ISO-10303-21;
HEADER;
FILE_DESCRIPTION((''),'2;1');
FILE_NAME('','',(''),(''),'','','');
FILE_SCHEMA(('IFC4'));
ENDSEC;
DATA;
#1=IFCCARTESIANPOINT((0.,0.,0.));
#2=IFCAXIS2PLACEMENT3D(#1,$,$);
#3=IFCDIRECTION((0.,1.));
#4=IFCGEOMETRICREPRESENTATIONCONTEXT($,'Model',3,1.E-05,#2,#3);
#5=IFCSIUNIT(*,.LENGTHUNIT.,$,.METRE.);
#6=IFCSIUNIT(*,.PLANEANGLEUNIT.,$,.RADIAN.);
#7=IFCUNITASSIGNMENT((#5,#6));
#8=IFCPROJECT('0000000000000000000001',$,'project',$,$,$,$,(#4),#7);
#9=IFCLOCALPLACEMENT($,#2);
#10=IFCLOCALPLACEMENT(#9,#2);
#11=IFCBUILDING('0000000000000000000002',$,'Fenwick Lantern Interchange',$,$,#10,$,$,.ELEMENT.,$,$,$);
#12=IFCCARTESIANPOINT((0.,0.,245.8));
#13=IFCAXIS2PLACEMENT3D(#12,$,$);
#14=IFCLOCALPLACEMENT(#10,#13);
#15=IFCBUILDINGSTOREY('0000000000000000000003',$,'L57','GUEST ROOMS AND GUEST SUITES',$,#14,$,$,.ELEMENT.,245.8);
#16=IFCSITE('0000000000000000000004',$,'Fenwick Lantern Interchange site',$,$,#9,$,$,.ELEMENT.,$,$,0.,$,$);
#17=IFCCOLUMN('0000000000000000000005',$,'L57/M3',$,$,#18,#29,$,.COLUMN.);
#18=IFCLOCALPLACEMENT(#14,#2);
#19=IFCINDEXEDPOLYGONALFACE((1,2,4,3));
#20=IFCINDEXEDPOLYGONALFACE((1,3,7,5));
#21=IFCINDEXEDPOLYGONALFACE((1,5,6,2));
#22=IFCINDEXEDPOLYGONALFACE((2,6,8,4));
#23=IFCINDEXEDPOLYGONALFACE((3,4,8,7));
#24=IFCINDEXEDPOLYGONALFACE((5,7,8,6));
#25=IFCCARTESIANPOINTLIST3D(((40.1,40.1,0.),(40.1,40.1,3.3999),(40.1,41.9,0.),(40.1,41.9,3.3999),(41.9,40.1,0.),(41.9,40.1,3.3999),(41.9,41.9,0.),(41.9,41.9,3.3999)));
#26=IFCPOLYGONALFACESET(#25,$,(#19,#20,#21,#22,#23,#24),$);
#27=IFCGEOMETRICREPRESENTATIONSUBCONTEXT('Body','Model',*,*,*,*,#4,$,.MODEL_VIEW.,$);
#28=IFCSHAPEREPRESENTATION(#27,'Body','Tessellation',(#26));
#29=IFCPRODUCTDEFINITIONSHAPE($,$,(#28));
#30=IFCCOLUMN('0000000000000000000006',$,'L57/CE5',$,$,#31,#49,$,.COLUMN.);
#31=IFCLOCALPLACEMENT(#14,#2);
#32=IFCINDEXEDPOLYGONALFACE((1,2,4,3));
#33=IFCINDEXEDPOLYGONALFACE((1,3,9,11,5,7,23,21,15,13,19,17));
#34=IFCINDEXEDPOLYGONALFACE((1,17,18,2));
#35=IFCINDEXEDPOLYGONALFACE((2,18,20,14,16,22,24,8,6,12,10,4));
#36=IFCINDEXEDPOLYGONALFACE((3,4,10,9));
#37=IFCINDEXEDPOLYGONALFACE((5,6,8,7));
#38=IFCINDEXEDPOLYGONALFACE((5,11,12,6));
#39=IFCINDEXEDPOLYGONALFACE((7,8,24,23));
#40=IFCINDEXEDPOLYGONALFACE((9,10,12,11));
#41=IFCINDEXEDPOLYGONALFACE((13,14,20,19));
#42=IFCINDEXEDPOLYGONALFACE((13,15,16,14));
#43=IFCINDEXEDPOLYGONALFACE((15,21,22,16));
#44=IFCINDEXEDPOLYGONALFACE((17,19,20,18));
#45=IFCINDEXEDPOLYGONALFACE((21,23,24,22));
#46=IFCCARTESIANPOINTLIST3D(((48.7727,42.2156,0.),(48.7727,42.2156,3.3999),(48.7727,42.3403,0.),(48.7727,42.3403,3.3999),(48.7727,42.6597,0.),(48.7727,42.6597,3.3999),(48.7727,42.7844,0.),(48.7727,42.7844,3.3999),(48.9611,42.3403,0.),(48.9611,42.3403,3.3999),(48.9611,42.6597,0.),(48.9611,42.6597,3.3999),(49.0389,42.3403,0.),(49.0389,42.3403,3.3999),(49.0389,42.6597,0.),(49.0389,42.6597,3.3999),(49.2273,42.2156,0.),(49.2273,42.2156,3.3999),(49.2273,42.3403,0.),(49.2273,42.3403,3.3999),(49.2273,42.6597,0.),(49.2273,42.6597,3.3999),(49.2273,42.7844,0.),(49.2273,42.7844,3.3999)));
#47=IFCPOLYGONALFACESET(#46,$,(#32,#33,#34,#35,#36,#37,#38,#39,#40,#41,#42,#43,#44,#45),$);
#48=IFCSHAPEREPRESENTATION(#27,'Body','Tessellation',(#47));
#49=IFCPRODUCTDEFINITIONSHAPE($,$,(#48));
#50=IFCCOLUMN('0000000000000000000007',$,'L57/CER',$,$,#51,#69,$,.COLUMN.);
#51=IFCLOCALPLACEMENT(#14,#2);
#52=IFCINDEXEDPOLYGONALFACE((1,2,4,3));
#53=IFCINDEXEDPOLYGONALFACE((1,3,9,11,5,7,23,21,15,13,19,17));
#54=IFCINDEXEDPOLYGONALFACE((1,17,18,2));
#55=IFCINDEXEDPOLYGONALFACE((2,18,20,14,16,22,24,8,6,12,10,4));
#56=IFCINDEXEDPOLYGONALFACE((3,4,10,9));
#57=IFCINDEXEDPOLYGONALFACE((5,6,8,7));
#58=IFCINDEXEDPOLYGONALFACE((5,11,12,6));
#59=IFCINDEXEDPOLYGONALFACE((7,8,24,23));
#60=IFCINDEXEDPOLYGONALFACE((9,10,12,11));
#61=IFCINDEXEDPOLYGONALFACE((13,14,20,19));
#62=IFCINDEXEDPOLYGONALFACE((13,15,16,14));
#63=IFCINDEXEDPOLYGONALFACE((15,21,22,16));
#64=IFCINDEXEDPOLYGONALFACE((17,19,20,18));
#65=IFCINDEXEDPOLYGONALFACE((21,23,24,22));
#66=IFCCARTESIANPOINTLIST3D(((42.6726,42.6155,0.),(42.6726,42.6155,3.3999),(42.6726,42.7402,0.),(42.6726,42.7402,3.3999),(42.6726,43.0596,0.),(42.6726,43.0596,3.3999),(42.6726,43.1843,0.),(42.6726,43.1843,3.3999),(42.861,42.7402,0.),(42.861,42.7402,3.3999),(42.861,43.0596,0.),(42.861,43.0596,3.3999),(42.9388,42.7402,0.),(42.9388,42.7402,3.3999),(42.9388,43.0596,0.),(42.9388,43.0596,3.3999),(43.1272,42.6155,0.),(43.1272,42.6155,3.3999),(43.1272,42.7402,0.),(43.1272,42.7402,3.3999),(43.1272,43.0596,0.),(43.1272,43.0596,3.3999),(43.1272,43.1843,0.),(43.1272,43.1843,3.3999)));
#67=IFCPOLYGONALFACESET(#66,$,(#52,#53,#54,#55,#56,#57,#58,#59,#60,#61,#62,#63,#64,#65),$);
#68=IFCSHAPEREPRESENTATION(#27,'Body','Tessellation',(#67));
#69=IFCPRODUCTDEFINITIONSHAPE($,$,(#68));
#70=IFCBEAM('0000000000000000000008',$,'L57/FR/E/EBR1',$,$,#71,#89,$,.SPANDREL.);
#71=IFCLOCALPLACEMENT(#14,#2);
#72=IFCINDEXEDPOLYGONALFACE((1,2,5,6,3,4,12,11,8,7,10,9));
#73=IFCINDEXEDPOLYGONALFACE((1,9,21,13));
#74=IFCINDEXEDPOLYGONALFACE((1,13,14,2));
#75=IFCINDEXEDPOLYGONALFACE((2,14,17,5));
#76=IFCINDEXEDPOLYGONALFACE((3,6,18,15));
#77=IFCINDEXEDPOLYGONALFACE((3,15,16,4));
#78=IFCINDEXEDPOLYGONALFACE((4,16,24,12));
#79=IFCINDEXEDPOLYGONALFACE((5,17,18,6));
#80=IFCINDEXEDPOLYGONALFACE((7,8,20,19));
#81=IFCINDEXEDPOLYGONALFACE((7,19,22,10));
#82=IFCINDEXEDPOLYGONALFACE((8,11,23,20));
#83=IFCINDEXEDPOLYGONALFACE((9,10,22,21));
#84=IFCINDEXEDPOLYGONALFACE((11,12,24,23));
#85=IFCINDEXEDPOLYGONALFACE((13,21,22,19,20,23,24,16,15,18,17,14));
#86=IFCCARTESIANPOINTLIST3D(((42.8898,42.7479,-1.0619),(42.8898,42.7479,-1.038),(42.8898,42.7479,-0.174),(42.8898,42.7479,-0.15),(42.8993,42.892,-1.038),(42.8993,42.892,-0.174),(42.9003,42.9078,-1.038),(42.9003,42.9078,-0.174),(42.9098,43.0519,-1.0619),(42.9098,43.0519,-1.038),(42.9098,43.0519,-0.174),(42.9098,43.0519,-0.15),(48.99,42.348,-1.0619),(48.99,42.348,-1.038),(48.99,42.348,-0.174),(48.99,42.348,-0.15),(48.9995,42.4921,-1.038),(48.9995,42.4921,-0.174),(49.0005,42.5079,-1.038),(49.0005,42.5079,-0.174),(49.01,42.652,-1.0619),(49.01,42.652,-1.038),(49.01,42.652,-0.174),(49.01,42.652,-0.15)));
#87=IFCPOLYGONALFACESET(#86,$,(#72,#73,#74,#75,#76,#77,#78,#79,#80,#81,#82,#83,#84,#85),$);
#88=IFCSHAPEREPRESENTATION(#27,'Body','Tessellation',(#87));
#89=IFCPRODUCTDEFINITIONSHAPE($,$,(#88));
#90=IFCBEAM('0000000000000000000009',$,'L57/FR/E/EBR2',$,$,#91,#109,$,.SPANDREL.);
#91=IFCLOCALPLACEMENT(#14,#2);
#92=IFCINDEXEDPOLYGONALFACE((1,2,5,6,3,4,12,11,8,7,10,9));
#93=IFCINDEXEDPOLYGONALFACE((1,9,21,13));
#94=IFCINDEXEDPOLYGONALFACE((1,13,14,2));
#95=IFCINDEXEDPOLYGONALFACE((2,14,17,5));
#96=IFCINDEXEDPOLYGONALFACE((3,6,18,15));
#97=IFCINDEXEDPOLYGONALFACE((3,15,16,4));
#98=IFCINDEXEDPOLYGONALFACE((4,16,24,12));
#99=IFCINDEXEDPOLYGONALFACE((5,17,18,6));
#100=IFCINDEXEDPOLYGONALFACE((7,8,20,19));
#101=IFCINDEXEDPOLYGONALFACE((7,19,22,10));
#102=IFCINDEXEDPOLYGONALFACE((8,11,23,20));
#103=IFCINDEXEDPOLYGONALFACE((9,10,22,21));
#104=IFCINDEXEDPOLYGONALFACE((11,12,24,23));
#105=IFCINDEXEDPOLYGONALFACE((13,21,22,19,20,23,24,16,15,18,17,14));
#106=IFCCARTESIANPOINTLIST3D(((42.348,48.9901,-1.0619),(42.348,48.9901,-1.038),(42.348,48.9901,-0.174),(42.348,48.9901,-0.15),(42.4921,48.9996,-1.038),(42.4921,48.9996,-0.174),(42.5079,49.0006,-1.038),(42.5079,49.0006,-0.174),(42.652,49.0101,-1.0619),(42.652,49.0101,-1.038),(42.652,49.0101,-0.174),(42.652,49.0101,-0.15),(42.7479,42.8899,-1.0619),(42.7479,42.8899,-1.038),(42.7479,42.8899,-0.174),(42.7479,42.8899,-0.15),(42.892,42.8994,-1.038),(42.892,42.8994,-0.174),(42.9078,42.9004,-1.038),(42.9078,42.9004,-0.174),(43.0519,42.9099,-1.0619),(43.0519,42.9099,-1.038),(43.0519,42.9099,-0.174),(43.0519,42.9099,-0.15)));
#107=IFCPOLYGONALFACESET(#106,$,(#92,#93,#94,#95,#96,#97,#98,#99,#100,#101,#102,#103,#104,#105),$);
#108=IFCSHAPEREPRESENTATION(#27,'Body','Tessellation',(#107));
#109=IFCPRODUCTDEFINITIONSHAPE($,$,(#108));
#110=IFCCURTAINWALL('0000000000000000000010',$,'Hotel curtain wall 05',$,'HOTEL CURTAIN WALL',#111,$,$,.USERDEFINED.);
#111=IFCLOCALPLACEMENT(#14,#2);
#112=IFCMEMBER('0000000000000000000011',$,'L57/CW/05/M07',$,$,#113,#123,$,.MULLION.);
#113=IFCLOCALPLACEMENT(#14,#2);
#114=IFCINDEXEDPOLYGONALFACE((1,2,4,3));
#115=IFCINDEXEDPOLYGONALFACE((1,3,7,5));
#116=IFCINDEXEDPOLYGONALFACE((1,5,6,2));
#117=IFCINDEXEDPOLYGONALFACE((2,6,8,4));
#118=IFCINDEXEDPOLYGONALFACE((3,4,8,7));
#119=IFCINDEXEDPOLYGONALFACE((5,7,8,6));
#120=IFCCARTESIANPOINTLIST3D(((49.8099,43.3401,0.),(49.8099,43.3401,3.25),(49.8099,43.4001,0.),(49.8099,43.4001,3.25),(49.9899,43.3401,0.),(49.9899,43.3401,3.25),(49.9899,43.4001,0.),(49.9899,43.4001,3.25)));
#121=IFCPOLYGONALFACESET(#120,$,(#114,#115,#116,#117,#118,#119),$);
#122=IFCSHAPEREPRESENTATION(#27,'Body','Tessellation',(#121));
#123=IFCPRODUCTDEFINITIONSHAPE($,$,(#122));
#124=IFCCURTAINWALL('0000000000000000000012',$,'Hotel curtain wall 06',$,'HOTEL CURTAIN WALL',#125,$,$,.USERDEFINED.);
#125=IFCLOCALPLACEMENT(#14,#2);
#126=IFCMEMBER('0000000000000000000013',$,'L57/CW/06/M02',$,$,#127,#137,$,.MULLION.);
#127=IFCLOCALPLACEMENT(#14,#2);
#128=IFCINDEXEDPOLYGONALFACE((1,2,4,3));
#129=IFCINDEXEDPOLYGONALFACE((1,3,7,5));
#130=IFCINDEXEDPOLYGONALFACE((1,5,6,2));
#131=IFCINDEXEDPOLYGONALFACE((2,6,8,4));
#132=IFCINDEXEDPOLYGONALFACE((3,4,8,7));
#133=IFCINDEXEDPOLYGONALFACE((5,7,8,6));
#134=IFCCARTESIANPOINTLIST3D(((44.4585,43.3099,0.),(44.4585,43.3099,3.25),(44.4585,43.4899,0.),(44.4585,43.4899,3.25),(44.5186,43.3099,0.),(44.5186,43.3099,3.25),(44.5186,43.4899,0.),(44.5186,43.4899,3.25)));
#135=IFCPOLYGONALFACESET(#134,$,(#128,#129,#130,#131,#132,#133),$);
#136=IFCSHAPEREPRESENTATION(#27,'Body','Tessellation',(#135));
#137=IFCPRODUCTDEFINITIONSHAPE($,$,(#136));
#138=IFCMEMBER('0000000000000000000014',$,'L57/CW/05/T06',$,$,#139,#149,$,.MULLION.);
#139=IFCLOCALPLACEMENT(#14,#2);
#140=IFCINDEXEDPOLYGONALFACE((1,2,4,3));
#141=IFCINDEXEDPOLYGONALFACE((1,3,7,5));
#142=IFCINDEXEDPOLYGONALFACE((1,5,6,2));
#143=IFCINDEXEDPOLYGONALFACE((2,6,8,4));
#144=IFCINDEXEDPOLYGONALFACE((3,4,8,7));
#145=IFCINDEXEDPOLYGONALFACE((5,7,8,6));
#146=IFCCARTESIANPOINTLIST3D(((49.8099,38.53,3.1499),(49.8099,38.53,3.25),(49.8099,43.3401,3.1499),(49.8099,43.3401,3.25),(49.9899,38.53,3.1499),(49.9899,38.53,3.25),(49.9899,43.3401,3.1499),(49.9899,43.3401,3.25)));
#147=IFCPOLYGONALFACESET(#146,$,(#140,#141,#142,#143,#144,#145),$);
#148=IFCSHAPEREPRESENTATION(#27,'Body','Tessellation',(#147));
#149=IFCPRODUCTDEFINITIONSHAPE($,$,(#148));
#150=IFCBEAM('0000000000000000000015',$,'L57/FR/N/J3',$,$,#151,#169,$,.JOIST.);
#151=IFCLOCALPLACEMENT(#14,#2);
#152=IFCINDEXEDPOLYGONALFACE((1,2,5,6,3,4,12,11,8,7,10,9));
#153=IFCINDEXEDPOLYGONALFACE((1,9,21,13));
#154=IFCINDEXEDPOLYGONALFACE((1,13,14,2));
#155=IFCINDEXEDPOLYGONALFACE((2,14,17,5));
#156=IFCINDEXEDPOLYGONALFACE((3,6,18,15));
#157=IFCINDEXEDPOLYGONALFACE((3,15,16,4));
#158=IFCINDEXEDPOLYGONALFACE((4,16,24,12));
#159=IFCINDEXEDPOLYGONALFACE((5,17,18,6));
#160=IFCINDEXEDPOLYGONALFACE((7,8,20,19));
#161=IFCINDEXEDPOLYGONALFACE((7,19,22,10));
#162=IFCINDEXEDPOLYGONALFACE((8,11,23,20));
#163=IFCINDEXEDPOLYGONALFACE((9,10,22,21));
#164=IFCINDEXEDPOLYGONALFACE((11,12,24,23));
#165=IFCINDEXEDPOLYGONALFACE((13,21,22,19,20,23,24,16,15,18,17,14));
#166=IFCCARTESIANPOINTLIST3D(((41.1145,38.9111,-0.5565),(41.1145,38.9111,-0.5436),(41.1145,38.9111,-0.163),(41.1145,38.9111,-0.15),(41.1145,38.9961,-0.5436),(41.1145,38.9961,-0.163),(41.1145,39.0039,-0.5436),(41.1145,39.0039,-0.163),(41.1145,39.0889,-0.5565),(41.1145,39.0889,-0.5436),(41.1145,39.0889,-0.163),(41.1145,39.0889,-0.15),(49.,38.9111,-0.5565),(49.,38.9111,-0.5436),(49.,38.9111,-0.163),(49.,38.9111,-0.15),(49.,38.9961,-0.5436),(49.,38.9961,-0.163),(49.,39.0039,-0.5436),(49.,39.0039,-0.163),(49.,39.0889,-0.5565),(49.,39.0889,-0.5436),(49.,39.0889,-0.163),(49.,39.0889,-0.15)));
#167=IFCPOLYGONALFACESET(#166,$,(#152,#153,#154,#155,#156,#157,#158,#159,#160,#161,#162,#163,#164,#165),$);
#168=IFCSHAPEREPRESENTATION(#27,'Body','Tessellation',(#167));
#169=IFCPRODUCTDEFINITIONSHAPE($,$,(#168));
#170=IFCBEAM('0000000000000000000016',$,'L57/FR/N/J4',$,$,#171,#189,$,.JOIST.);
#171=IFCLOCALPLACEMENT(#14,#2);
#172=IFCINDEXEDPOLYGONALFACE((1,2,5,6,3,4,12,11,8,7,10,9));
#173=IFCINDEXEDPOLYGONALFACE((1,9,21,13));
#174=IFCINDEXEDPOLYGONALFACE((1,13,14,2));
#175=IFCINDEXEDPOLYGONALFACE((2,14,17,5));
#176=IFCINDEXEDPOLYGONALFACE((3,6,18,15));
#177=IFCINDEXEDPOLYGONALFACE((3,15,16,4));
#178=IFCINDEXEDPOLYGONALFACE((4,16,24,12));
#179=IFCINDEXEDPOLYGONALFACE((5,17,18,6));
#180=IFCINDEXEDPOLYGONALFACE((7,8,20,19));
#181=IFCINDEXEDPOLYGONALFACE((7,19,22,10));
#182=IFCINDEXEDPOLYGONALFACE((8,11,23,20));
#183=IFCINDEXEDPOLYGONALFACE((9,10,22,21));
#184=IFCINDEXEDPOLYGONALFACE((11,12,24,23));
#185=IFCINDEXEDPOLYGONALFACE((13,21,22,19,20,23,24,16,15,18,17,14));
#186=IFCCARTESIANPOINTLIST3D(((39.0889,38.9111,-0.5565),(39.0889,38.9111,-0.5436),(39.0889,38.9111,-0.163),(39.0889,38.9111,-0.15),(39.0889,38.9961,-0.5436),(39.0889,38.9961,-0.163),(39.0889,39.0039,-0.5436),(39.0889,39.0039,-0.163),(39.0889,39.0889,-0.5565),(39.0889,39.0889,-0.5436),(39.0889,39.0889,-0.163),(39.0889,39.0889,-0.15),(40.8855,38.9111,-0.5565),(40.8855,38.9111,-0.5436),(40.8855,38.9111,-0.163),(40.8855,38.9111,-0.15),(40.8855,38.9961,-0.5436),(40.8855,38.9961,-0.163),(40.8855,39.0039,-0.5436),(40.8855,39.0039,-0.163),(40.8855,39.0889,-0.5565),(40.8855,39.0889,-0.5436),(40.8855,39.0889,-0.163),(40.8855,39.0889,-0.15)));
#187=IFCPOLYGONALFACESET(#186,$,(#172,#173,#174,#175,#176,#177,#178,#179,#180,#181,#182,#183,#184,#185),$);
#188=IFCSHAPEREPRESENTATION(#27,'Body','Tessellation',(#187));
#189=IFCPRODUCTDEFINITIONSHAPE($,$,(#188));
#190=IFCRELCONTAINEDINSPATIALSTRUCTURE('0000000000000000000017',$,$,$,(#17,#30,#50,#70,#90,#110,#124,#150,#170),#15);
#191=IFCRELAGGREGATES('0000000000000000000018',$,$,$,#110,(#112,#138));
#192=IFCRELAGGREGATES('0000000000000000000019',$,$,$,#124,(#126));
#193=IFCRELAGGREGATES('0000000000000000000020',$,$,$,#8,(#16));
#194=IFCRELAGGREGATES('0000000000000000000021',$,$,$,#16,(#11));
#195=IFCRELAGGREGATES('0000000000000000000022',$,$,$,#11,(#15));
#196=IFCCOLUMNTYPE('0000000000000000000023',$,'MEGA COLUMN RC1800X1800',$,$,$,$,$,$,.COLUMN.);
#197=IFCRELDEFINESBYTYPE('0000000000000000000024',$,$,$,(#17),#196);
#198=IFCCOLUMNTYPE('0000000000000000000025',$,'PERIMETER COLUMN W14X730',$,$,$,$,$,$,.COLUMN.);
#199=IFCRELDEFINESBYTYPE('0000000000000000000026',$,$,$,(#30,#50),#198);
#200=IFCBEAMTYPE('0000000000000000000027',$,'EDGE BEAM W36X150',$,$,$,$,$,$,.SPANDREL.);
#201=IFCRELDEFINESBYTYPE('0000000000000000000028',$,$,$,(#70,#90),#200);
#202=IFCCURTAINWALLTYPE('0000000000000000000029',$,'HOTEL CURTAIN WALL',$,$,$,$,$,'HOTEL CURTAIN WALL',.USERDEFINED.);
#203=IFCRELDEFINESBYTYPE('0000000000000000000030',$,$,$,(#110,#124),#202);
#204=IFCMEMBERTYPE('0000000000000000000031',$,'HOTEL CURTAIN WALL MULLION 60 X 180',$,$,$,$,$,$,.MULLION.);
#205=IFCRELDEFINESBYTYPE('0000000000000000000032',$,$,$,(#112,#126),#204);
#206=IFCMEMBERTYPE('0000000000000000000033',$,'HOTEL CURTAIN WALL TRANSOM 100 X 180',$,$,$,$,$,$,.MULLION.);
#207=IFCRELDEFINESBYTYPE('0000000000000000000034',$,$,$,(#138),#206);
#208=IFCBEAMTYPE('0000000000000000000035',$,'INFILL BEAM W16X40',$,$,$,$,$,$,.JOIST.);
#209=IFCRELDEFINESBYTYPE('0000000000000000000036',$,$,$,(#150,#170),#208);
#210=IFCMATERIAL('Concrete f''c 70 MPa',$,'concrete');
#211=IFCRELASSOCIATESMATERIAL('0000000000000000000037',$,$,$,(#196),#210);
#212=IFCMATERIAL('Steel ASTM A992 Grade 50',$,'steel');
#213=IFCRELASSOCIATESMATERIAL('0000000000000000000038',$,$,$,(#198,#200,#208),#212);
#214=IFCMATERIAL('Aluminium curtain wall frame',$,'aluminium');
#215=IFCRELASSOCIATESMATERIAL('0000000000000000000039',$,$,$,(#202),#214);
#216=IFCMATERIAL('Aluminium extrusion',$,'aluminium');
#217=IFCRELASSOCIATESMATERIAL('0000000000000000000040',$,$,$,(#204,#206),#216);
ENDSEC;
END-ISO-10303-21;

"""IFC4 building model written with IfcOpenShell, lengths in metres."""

from ifc_helpers import new_model, si_unit, direction, frame, origin, origin_2d, place, context, subcontext, project, spatial, rectangle, i_section, extrude, material, material_profile, profile_set, type_object, element, aggregate, save


model = new_model("IFC4")

# Units and contexts
model_context = context("Model", 3, precision=1e-05, world=origin(), true_north=direction((0.0, 1.0)))
body_context = subcontext(model_context, "Body", "Model", "MODEL_VIEW")
ifc_project = project(units=[si_unit("LENGTHUNIT", "METRE"), si_unit("PLANEANGLEUNIT", "RADIAN")], contexts=[model_context])

# Site, building, storey
site_placement = place(None, origin())
site = spatial("IfcSite", under=ifc_project, at=site_placement, Name="Fenwick Lantern Interchange site", CompositionType="ELEMENT", RefElevation=0.0)
building_placement = place(site_placement, origin())
building = spatial("IfcBuilding", under=site, at=building_placement, Name="Fenwick Lantern Interchange", CompositionType="ELEMENT")
storey_placement = place(building_placement, frame((0.0, 0.0, 245.8)))
storey = spatial("IfcBuildingStorey", under=building, at=storey_placement, Name="L57", Description="GUEST ROOMS AND GUEST SUITES", CompositionType="ELEMENT", Elevation=245.8)

# Columns
ifc_material_1 = material(Name="Concrete f'c 70 MPa", Category="concrete")
ifc_material_profile_1 = material_profile(ifc_material_1, rectangle(XDim=1.8, YDim=1.8, at=origin_2d()), Name="RC1800X1800")
ifc_profile_set_1 = profile_set([ifc_material_profile_1], Name="Concrete f'c 70 MPa")
column_type_1 = type_object("IfcColumnType", Name="MEGA COLUMN RC1800X1800", PredefinedType="COLUMN", material=ifc_profile_set_1)
column_placement = place(storey_placement, frame((41.0, 41.0, 0.0), z_axis=(0.0, 0.0, 1.0), x_axis=(1.0, 0.0, 0.0)))
element("IfcColumn", 1, at=column_placement, inside=storey, type_object=column_type_1, Name="L57/M3", PredefinedType="COLUMN", context=body_context, shape_type="SweptSolid", body=[
    extrude(rectangle(XDim=1.8, YDim=1.8, at=origin_2d()), origin(), (0.0, 0.0, 1.0), 3.3999),
])
ifc_material_2 = material(Name="Steel ASTM A992 Grade 50", Category="steel")
ifc_material_profile_2 = material_profile(ifc_material_2, i_section(OverallWidth=0.4546, OverallDepth=0.5688, WebThickness=0.0779, FlangeThickness=0.1248, at=origin_2d()), Name="W14X730")
ifc_profile_set_2 = profile_set([ifc_material_profile_2], Name="Steel ASTM A992 Grade 50")
column_type_2 = type_object("IfcColumnType", Name="PERIMETER COLUMN W14X730", PredefinedType="COLUMN", material=ifc_profile_set_2)
for number, where, z_axis, x_axis, name in (
    (2, (49.0, 42.5, 0.0), (0.0, 0.0, 1.0), (1.0, 0.0, 0.0), "L57/CE5"),
    (3, (42.8999, 42.8999, 0.0), (0.0, 0.0, 1.0), (1.0, 0.0, 0.0), "L57/CER"),
):
    element("IfcColumn", number, at=place(storey_placement, frame(where, z_axis=z_axis, x_axis=x_axis)), inside=storey, type_object=column_type_2, Name=name, PredefinedType="COLUMN", context=body_context, shape_type="SweptSolid", body=[
        extrude(i_section(OverallWidth=0.4546, OverallDepth=0.5688, WebThickness=0.0779, FlangeThickness=0.1248, at=origin_2d()), origin(), (0.0, 0.0, 1.0), 3.3999),
    ])

# Beams
ifc_material_profile_3 = material_profile(ifc_material_2, i_section(OverallWidth=0.3047, OverallDepth=0.9119, WebThickness=0.0159, FlangeThickness=0.0239, at=origin_2d()), Name="W36X150")
ifc_profile_set_3 = profile_set([ifc_material_profile_3], Name="Steel ASTM A992 Grade 50")
beam_type_1 = type_object("IfcBeamType", Name="EDGE BEAM W36X150", PredefinedType="SPANDREL", material=ifc_profile_set_3)
for number, where, z_axis, x_axis, name in (
    (4, (49.0, 42.5, -0.606), (-0.997858, 0.065416, 0.0), (-0.065416, -0.997858, 0.0), "L57/FR/E/EBR1"),
    (5, (42.8999, 42.8999, -0.606), (-0.065416, 0.997858, 0.0), (-0.997858, -0.065416, 0.0), "L57/FR/E/EBR2"),
):
    element("IfcBeam", number, at=place(storey_placement, frame(where, z_axis=z_axis, x_axis=x_axis)), inside=storey, type_object=beam_type_1, Name=name, PredefinedType="SPANDREL", context=body_context, shape_type="SweptSolid", body=[
        extrude(i_section(OverallWidth=0.3047, OverallDepth=0.9119, WebThickness=0.0159, FlangeThickness=0.0239, at=origin_2d()), origin(), (0.0, 0.0, 1.0), 6.1133),
    ])

# Curtain walls, members
ifc_material_3 = material(Name="Aluminium curtain wall frame", Category="aluminium")
curtain_wall_type = type_object("IfcCurtainWallType", Name="HOTEL CURTAIN WALL", ElementType="HOTEL CURTAIN WALL", PredefinedType="USERDEFINED", material=ifc_material_3)
curtain_wall_1_placement = place(storey_placement, origin())
curtain_wall_1 = element("IfcCurtainWall", 6, at=curtain_wall_1_placement, inside=storey, type_object=curtain_wall_type, Name="Hotel curtain wall 05", ObjectType="HOTEL CURTAIN WALL", PredefinedType="USERDEFINED")
ifc_material_4 = material(Name="Aluminium extrusion", Category="aluminium")
ifc_material_profile_4 = material_profile(ifc_material_4, rectangle(XDim=0.1799, YDim=0.0601, at=origin_2d()), Name="HOTEL CURTAIN WALL MULLION 60 X 180")
ifc_profile_set_4 = profile_set([ifc_material_profile_4], Name="Aluminium extrusion")
member_type_1 = type_object("IfcMemberType", Name="HOTEL CURTAIN WALL MULLION 60 X 180", PredefinedType="MULLION", material=ifc_profile_set_4)
member_1_placement = place(storey_placement, frame((49.8999, 43.3701, 0.0), z_axis=(0.0, 0.0, 1.0), x_axis=(-1.0, 0.0, 0.0)))
member_1 = element("IfcMember", 7, at=member_1_placement, type_object=member_type_1, Name="L57/CW/05/M07", PredefinedType="MULLION", context=body_context, shape_type="SweptSolid", body=[
    extrude(rectangle(XDim=0.1799, YDim=0.0601, at=origin_2d()), origin(), (0.0, 0.0, 1.0), 3.25),
])
curtain_wall_2_placement = place(storey_placement, origin())
curtain_wall_2 = element("IfcCurtainWall", 8, at=curtain_wall_2_placement, inside=storey, type_object=curtain_wall_type, Name="Hotel curtain wall 06", ObjectType="HOTEL CURTAIN WALL", PredefinedType="USERDEFINED")
member_2_placement = place(storey_placement, frame((44.4885, 43.3999, 0.0), z_axis=(0.0, 0.0, 1.0), x_axis=(0.0, -1.0, 0.0)))
member_2 = element("IfcMember", 9, at=member_2_placement, type_object=member_type_1, Name="L57/CW/06/M02", PredefinedType="MULLION", context=body_context, shape_type="SweptSolid", body=[
    extrude(rectangle(XDim=0.1799, YDim=0.0601, at=origin_2d()), origin(), (0.0, 0.0, 1.0), 3.25),
])

# Member
ifc_material_profile_5 = material_profile(ifc_material_4, rectangle(XDim=0.1799, YDim=0.1001, at=origin_2d()), Name="HOTEL CURTAIN WALL TRANSOM 100 X 180")
ifc_profile_set_5 = profile_set([ifc_material_profile_5], Name="Aluminium extrusion")
member_type_2 = type_object("IfcMemberType", Name="HOTEL CURTAIN WALL TRANSOM 100 X 180", PredefinedType="MULLION", material=ifc_profile_set_5)
member_3_placement = place(storey_placement, frame((49.8999, 38.53, 3.2), z_axis=(0.0, 1.0, 0.0), x_axis=(-1.0, 0.0, 0.0)))
member_3 = element("IfcMember", 10, at=member_3_placement, type_object=member_type_2, Name="L57/CW/05/T06", PredefinedType="MULLION", context=body_context, shape_type="SweptSolid", body=[
    extrude(rectangle(XDim=0.1799, YDim=0.1001, at=origin_2d()), origin(), (0.0, 0.0, 1.0), 4.8101),
])
aggregate(curtain_wall_1, [member_1, member_3])

# Beams
ifc_material_profile_6 = material_profile(ifc_material_2, i_section(OverallWidth=0.1777, OverallDepth=0.4065, WebThickness=0.0078, FlangeThickness=0.0129, at=origin_2d()), Name="W16X40")
ifc_profile_set_6 = profile_set([ifc_material_profile_6], Name="Steel ASTM A992 Grade 50")
beam_type_2 = type_object("IfcBeamType", Name="INFILL BEAM W16X40", PredefinedType="JOIST", material=ifc_profile_set_6)
beam_1_placement = place(storey_placement, frame((49.0, 39.0, -0.3533), z_axis=(-1.0, 0.0, 0.0), x_axis=(0.0, -1.0, 0.0)))
element("IfcBeam", 11, at=beam_1_placement, inside=storey, type_object=beam_type_2, Name="L57/FR/N/J3", PredefinedType="JOIST", context=body_context, shape_type="SweptSolid", body=[
    extrude(i_section(OverallWidth=0.1777, OverallDepth=0.4065, WebThickness=0.0078, FlangeThickness=0.0129, at=origin_2d()), origin(), (0.0, 0.0, 1.0), 7.8855),
])
beam_2_placement = place(storey_placement, frame((40.8855, 39.0, -0.3533), z_axis=(-1.0, 0.0, 0.0), x_axis=(0.0, -1.0, 0.0)))
element("IfcBeam", 12, at=beam_2_placement, inside=storey, type_object=beam_type_2, Name="L57/FR/N/J4", PredefinedType="JOIST", context=body_context, shape_type="SweptSolid", body=[
    extrude(i_section(OverallWidth=0.1777, OverallDepth=0.4065, WebThickness=0.0078, FlangeThickness=0.0129, at=origin_2d()), origin(), (0.0, 0.0, 1.0), 1.7966),
])

aggregate(curtain_wall_2, [member_2])

save(model, "model.ifc")
